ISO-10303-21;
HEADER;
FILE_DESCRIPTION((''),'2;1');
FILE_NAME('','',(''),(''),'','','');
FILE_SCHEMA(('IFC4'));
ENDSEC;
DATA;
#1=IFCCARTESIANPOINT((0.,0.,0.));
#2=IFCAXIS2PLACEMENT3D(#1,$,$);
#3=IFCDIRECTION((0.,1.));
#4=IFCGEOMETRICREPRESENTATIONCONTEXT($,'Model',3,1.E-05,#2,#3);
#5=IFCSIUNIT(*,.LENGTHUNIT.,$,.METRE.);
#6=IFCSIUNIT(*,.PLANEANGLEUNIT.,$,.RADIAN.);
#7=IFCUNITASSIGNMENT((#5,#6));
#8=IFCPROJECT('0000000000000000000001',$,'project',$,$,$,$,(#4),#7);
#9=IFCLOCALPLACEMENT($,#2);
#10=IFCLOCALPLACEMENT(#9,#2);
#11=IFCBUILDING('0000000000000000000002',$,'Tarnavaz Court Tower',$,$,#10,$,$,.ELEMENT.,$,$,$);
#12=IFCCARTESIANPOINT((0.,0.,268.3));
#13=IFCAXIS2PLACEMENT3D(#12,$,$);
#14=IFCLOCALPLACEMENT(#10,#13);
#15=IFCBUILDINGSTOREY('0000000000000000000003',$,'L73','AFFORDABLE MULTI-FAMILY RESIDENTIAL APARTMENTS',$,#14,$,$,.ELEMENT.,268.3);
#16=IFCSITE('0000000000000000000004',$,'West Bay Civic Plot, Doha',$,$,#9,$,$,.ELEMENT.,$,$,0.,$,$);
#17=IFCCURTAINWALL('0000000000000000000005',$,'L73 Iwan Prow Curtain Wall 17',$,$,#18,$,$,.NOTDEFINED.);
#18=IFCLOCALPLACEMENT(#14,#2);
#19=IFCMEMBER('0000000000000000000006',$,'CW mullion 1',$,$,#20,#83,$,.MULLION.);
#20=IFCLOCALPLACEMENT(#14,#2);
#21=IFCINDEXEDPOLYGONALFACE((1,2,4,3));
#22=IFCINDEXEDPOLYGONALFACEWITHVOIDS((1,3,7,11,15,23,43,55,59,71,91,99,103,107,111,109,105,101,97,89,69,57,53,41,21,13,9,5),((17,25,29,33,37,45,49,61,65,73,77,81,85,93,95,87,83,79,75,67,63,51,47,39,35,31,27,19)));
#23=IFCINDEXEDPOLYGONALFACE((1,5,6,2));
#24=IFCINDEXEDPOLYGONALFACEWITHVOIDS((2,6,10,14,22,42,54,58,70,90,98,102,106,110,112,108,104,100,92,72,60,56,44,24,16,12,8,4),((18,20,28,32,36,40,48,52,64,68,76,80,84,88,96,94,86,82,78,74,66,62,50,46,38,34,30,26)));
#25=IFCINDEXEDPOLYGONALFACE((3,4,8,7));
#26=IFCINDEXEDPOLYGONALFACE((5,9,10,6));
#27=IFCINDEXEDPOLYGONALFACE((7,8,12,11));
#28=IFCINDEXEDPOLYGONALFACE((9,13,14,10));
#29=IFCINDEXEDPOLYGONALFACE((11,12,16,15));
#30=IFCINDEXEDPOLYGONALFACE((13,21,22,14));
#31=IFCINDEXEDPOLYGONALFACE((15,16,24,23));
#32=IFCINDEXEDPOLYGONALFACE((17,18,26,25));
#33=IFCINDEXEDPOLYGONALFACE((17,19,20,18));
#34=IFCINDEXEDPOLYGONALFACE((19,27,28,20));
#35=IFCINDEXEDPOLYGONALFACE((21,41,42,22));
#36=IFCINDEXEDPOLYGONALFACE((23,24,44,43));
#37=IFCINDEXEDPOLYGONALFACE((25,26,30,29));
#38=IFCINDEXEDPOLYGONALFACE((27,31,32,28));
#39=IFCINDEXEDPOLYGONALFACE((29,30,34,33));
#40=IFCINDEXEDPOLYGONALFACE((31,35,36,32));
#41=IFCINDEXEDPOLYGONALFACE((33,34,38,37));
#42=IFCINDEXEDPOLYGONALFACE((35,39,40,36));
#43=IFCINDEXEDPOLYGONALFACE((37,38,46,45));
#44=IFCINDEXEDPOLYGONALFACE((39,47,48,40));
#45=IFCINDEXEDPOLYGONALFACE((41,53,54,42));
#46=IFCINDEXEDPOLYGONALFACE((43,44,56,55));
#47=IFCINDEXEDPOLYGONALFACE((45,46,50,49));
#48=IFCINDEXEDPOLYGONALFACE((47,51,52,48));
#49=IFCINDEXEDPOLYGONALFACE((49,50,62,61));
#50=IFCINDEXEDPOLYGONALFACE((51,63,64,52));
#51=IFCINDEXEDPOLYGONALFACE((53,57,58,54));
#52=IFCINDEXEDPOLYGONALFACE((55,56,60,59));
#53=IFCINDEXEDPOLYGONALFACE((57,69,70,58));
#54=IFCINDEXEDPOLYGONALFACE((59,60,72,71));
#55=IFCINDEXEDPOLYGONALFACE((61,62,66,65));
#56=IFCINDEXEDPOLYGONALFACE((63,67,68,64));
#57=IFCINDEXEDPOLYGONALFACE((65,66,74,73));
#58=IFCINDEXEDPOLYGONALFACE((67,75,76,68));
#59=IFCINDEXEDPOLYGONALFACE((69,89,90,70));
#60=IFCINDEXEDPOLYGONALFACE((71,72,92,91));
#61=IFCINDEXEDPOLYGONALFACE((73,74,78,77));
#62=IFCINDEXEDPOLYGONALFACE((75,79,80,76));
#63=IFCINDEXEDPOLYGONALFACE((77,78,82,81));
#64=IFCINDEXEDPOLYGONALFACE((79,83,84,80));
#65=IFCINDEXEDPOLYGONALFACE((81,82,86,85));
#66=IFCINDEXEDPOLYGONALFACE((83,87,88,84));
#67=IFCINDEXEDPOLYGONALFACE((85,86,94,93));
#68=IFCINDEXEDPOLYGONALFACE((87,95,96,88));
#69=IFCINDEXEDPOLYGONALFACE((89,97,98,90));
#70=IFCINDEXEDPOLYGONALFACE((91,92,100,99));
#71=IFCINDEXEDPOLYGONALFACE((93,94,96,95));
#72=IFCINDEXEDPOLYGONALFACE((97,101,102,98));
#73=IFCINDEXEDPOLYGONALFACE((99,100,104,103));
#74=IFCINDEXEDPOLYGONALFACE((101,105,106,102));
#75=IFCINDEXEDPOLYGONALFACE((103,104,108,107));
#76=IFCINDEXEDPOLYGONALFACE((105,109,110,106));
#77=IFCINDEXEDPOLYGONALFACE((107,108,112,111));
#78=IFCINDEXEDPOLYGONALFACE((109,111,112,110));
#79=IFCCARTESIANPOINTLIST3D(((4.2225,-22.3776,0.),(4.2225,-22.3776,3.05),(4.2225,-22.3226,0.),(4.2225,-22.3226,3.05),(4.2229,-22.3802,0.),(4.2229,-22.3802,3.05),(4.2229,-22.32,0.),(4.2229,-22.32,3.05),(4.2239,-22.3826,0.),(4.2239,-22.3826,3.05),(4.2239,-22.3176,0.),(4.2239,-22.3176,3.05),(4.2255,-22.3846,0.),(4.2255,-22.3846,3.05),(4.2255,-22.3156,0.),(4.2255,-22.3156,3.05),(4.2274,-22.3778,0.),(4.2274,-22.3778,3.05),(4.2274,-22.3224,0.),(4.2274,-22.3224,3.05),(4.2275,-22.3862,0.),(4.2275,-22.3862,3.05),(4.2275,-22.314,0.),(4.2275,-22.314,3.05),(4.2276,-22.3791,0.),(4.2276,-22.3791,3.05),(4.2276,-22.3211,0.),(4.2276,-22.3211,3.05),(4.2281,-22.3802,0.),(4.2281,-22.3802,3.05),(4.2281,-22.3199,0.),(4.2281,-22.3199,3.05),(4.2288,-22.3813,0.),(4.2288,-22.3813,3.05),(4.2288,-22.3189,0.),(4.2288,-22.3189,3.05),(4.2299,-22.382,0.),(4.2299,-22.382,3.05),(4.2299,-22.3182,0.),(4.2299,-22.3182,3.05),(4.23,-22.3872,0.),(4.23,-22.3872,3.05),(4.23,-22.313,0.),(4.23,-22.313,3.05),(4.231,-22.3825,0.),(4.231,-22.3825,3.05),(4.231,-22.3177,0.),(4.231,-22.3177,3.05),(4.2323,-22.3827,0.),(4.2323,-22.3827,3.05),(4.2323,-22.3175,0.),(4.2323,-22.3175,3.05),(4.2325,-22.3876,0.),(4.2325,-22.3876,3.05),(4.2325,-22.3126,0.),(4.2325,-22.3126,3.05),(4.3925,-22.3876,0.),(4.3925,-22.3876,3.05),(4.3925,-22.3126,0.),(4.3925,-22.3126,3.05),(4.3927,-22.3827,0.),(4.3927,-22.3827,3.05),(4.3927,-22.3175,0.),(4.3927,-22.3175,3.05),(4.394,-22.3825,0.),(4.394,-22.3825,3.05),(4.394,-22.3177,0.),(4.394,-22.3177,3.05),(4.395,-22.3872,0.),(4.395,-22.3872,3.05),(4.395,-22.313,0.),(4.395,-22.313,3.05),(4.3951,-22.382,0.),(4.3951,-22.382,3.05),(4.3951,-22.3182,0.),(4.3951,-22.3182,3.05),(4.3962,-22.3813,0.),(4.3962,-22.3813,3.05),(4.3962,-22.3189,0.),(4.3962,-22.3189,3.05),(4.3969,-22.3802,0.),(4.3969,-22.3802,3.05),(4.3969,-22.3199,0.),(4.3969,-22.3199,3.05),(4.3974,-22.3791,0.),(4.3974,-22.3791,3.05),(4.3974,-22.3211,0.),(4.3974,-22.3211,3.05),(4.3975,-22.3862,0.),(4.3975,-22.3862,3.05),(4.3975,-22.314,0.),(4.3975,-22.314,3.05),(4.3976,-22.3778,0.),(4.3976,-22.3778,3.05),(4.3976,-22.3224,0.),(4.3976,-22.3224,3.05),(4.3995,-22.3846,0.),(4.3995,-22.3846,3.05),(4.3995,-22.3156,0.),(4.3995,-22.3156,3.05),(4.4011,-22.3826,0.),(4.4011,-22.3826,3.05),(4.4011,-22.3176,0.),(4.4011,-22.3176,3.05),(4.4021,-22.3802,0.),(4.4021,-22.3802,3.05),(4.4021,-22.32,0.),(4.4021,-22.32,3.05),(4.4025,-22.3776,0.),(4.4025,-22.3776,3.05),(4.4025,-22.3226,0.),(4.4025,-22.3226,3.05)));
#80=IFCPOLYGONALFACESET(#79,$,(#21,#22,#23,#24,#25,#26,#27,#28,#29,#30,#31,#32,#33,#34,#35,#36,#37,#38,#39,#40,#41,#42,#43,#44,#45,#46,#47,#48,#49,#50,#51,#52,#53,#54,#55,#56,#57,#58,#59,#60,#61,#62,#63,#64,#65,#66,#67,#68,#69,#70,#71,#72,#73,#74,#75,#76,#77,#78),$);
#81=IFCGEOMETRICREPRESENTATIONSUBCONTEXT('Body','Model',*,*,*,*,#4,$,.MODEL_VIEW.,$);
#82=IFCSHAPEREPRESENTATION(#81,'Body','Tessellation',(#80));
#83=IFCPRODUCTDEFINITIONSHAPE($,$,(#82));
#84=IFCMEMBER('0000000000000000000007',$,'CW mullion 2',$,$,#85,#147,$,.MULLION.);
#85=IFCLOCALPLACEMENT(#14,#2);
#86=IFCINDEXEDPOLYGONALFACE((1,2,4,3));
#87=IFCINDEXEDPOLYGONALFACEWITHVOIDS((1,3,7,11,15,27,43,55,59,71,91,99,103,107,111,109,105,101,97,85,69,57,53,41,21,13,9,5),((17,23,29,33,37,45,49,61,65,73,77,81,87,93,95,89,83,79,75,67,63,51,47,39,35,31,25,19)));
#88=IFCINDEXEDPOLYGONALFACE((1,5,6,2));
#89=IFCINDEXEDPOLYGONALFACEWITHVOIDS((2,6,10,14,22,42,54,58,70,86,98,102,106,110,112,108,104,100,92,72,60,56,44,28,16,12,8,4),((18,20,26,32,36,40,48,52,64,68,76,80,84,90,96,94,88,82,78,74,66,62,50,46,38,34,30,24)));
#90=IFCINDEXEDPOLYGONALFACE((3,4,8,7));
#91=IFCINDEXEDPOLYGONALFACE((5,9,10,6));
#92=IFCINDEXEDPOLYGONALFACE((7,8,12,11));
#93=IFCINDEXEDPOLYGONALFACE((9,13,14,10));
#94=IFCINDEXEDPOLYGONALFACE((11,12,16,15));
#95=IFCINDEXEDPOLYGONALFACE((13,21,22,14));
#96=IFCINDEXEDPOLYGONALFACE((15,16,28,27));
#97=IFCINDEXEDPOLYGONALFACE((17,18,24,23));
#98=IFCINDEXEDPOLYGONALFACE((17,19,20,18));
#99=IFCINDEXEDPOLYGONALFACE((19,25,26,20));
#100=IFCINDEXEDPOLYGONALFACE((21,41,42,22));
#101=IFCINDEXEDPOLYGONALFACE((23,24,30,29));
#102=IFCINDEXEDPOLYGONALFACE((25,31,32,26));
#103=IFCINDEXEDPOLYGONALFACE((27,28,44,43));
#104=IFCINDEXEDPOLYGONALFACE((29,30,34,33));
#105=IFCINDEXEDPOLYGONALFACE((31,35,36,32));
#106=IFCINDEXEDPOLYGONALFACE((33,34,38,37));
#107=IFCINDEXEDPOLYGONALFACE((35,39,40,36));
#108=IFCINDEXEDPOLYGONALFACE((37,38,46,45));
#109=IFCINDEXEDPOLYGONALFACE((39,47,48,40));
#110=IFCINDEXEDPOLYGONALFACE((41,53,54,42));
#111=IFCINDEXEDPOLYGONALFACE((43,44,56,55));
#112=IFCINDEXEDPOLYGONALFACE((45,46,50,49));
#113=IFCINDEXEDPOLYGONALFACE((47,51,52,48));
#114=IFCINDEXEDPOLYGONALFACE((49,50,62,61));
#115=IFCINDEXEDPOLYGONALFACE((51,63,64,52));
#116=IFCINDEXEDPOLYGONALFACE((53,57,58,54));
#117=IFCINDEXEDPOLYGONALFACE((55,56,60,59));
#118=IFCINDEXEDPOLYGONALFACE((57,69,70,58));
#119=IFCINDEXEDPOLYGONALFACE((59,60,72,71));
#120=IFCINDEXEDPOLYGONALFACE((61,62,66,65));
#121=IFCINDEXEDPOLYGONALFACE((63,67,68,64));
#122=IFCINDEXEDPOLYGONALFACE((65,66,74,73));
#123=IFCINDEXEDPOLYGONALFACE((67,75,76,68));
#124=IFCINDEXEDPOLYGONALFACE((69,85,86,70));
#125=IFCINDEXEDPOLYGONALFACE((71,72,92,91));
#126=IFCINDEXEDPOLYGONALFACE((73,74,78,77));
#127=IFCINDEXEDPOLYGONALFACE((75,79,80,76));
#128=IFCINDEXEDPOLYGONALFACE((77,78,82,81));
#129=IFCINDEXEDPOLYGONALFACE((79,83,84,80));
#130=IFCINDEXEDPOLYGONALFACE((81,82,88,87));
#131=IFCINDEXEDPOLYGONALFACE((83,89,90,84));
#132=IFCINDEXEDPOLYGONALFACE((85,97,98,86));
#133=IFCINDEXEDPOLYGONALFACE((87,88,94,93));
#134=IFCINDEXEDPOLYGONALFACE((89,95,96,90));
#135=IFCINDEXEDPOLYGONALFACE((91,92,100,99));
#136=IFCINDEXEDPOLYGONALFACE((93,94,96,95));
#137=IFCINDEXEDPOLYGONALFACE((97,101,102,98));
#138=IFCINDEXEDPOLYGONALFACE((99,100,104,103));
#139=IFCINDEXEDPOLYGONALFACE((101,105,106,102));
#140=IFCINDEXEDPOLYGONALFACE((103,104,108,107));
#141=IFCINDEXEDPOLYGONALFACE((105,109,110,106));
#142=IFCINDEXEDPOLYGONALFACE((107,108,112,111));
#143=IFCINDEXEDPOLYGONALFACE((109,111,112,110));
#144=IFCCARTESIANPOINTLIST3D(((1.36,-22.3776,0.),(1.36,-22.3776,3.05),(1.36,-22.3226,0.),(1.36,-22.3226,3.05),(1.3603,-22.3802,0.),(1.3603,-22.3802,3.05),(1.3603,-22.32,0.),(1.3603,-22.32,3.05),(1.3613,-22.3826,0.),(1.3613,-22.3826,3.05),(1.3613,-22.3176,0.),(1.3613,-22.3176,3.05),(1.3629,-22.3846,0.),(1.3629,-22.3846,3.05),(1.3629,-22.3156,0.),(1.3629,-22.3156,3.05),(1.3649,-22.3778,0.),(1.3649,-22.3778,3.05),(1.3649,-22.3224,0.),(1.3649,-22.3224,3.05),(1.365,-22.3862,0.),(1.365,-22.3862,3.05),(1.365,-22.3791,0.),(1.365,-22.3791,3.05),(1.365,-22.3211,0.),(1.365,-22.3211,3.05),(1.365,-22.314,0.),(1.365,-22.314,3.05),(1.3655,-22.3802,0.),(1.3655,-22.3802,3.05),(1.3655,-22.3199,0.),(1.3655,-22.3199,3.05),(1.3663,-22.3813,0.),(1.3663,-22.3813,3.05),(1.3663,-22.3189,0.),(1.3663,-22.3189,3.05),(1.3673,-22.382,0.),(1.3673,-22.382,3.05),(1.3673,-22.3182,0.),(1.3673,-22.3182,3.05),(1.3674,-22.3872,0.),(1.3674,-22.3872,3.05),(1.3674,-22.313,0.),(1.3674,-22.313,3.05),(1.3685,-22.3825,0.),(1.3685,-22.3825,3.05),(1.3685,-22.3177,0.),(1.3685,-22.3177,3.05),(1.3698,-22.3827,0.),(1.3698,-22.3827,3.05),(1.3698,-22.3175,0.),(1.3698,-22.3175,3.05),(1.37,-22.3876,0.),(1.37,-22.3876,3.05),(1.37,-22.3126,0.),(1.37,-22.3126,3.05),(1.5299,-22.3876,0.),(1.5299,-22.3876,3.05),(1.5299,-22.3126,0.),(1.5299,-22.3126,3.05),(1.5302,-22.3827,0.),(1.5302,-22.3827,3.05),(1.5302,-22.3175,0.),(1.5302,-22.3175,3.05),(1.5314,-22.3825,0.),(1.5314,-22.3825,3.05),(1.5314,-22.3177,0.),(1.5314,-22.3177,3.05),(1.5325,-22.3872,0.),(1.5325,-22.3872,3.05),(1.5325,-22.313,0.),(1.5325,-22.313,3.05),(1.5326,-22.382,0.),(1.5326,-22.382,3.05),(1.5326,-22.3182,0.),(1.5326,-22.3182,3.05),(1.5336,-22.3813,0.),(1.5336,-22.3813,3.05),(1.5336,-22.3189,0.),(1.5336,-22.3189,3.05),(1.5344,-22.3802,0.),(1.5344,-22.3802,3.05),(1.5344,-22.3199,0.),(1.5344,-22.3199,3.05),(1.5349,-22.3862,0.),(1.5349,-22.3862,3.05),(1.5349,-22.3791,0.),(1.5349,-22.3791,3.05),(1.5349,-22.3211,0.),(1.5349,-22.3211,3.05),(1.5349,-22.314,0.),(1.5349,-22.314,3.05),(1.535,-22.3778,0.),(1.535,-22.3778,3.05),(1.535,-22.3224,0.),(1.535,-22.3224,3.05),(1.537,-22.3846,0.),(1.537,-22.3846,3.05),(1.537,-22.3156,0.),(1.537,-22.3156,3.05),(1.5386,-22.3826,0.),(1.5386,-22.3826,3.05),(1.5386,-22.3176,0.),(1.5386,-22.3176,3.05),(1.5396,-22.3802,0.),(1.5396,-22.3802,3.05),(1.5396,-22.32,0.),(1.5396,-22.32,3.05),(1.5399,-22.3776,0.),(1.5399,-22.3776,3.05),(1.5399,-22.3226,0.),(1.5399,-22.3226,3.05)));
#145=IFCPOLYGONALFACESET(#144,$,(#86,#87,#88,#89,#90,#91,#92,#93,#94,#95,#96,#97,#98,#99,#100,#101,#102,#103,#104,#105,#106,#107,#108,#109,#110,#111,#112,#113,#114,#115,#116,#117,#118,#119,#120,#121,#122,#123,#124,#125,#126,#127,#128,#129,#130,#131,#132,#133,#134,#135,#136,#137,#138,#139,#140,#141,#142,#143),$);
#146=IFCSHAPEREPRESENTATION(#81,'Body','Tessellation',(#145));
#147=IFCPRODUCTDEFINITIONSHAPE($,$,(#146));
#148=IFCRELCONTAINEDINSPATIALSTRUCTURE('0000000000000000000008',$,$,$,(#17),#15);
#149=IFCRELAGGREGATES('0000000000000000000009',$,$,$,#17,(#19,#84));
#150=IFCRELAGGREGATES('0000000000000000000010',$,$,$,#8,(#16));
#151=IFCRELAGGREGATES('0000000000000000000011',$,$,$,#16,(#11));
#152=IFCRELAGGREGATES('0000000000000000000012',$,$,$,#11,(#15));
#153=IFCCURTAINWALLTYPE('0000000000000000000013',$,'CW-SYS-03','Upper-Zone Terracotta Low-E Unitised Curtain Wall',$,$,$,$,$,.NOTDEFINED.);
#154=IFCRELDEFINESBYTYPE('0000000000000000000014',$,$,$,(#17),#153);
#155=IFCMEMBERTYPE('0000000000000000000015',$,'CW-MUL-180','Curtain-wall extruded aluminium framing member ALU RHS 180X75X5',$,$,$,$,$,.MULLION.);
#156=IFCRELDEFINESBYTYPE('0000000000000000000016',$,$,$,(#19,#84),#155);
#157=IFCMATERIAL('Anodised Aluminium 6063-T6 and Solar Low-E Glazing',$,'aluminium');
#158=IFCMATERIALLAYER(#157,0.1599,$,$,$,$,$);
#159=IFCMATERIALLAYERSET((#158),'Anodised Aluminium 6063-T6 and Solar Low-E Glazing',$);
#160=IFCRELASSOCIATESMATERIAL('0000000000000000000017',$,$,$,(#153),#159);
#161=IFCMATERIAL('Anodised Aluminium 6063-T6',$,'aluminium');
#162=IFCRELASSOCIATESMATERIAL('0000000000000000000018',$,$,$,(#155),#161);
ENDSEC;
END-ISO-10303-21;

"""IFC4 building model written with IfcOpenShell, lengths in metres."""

from ifc_helpers import new_model, si_unit, direction, frame, origin, origin_2d, place, context, subcontext, project, spatial, hollow_rectangle, extrude, material, layer, layer_set, material_profile, profile_set, type_object, element, aggregate, save


model = new_model("IFC4")

# Units and contexts
model_context = context("Model", 3, precision=1e-05, world=origin(), true_north=direction((0.0, 1.0)))
body_context = subcontext(model_context, "Body", "Model", "MODEL_VIEW")
ifc_project = project(units=[si_unit("LENGTHUNIT", "METRE"), si_unit("PLANEANGLEUNIT", "RADIAN")], contexts=[model_context])

# Site, building, storey
site_placement = place(None, origin())
site = spatial("IfcSite", under=ifc_project, at=site_placement, Name="West Bay Civic Plot, Doha", CompositionType="ELEMENT", RefElevation=0.0)
building_placement = place(site_placement, origin())
building = spatial("IfcBuilding", under=site, at=building_placement, Name="Tarnavaz Court Tower", CompositionType="ELEMENT")
storey_placement = place(building_placement, frame((0.0, 0.0, 268.3)))
storey = spatial("IfcBuildingStorey", under=building, at=storey_placement, Name="L73", Description="AFFORDABLE MULTI-FAMILY RESIDENTIAL APARTMENTS", CompositionType="ELEMENT", Elevation=268.3)

# Curtain wall, members
ifc_material_1 = material(Name="Anodised Aluminium 6063-T6 and Solar Low-E Glazing", Category="aluminium")
ifc_layer_1 = layer(ifc_material_1, 0.1599)
ifc_layer_set_1 = layer_set([ifc_layer_1], Name="Anodised Aluminium 6063-T6 and Solar Low-E Glazing")
curtain_wall_type = type_object("IfcCurtainWallType", Name="CW-SYS-03", Description="Upper-Zone Terracotta Low-E Unitised Curtain Wall", PredefinedType="NOTDEFINED", material=ifc_layer_set_1)
curtain_wall_placement = place(storey_placement, origin())
curtain_wall = element("IfcCurtainWall", 1, at=curtain_wall_placement, inside=storey, type_object=curtain_wall_type, Name="L73 Iwan Prow Curtain Wall 17", PredefinedType="NOTDEFINED")
ifc_material_2 = material(Name="Anodised Aluminium 6063-T6", Category="aluminium")
ifc_material_profile_1 = material_profile(ifc_material_2, hollow_rectangle(XDim=0.075, YDim=0.1799, WallThickness=0.0049, InnerFilletRadius=0.0049, OuterFilletRadius=0.01, at=origin_2d()), Name="ALU RHS 180X75X5")
ifc_profile_set_1 = profile_set([ifc_material_profile_1], Name="Anodised Aluminium 6063-T6")
member_type_1 = type_object("IfcMemberType", Name="CW-MUL-180", Description="Curtain-wall extruded aluminium framing member ALU RHS 180X75X5", PredefinedType="MULLION", material=ifc_profile_set_1)
member_1_placement = place(storey_placement, frame((4.3125, -22.3501, 0.0), z_axis=(0.0, 0.0, 1.0), x_axis=(0.0, -1.0, 0.0)))
member_1 = element("IfcMember", 2, at=member_1_placement, type_object=member_type_1, Name="CW mullion 1", PredefinedType="MULLION", context=body_context, shape_type="SweptSolid", body=[
    extrude(hollow_rectangle(XDim=0.075, YDim=0.1799, WallThickness=0.0049, InnerFilletRadius=0.0049, OuterFilletRadius=0.01, at=origin_2d()), origin(), (0.0, 0.0, 1.0), 3.05),
])
member_2_placement = place(storey_placement, frame((1.45, -22.3501, 0.0), z_axis=(0.0, 0.0, 1.0), x_axis=(0.0, -1.0, 0.0)))
member_2 = element("IfcMember", 3, at=member_2_placement, type_object=member_type_1, Name="CW mullion 2", PredefinedType="MULLION", context=body_context, shape_type="SweptSolid", body=[
    extrude(hollow_rectangle(XDim=0.075, YDim=0.1799, WallThickness=0.0049, InnerFilletRadius=0.0049, OuterFilletRadius=0.01, at=origin_2d()), origin(), (0.0, 0.0, 1.0), 3.05),
])
aggregate(curtain_wall, [member_1, member_2])

save(model, "model.ifc")
